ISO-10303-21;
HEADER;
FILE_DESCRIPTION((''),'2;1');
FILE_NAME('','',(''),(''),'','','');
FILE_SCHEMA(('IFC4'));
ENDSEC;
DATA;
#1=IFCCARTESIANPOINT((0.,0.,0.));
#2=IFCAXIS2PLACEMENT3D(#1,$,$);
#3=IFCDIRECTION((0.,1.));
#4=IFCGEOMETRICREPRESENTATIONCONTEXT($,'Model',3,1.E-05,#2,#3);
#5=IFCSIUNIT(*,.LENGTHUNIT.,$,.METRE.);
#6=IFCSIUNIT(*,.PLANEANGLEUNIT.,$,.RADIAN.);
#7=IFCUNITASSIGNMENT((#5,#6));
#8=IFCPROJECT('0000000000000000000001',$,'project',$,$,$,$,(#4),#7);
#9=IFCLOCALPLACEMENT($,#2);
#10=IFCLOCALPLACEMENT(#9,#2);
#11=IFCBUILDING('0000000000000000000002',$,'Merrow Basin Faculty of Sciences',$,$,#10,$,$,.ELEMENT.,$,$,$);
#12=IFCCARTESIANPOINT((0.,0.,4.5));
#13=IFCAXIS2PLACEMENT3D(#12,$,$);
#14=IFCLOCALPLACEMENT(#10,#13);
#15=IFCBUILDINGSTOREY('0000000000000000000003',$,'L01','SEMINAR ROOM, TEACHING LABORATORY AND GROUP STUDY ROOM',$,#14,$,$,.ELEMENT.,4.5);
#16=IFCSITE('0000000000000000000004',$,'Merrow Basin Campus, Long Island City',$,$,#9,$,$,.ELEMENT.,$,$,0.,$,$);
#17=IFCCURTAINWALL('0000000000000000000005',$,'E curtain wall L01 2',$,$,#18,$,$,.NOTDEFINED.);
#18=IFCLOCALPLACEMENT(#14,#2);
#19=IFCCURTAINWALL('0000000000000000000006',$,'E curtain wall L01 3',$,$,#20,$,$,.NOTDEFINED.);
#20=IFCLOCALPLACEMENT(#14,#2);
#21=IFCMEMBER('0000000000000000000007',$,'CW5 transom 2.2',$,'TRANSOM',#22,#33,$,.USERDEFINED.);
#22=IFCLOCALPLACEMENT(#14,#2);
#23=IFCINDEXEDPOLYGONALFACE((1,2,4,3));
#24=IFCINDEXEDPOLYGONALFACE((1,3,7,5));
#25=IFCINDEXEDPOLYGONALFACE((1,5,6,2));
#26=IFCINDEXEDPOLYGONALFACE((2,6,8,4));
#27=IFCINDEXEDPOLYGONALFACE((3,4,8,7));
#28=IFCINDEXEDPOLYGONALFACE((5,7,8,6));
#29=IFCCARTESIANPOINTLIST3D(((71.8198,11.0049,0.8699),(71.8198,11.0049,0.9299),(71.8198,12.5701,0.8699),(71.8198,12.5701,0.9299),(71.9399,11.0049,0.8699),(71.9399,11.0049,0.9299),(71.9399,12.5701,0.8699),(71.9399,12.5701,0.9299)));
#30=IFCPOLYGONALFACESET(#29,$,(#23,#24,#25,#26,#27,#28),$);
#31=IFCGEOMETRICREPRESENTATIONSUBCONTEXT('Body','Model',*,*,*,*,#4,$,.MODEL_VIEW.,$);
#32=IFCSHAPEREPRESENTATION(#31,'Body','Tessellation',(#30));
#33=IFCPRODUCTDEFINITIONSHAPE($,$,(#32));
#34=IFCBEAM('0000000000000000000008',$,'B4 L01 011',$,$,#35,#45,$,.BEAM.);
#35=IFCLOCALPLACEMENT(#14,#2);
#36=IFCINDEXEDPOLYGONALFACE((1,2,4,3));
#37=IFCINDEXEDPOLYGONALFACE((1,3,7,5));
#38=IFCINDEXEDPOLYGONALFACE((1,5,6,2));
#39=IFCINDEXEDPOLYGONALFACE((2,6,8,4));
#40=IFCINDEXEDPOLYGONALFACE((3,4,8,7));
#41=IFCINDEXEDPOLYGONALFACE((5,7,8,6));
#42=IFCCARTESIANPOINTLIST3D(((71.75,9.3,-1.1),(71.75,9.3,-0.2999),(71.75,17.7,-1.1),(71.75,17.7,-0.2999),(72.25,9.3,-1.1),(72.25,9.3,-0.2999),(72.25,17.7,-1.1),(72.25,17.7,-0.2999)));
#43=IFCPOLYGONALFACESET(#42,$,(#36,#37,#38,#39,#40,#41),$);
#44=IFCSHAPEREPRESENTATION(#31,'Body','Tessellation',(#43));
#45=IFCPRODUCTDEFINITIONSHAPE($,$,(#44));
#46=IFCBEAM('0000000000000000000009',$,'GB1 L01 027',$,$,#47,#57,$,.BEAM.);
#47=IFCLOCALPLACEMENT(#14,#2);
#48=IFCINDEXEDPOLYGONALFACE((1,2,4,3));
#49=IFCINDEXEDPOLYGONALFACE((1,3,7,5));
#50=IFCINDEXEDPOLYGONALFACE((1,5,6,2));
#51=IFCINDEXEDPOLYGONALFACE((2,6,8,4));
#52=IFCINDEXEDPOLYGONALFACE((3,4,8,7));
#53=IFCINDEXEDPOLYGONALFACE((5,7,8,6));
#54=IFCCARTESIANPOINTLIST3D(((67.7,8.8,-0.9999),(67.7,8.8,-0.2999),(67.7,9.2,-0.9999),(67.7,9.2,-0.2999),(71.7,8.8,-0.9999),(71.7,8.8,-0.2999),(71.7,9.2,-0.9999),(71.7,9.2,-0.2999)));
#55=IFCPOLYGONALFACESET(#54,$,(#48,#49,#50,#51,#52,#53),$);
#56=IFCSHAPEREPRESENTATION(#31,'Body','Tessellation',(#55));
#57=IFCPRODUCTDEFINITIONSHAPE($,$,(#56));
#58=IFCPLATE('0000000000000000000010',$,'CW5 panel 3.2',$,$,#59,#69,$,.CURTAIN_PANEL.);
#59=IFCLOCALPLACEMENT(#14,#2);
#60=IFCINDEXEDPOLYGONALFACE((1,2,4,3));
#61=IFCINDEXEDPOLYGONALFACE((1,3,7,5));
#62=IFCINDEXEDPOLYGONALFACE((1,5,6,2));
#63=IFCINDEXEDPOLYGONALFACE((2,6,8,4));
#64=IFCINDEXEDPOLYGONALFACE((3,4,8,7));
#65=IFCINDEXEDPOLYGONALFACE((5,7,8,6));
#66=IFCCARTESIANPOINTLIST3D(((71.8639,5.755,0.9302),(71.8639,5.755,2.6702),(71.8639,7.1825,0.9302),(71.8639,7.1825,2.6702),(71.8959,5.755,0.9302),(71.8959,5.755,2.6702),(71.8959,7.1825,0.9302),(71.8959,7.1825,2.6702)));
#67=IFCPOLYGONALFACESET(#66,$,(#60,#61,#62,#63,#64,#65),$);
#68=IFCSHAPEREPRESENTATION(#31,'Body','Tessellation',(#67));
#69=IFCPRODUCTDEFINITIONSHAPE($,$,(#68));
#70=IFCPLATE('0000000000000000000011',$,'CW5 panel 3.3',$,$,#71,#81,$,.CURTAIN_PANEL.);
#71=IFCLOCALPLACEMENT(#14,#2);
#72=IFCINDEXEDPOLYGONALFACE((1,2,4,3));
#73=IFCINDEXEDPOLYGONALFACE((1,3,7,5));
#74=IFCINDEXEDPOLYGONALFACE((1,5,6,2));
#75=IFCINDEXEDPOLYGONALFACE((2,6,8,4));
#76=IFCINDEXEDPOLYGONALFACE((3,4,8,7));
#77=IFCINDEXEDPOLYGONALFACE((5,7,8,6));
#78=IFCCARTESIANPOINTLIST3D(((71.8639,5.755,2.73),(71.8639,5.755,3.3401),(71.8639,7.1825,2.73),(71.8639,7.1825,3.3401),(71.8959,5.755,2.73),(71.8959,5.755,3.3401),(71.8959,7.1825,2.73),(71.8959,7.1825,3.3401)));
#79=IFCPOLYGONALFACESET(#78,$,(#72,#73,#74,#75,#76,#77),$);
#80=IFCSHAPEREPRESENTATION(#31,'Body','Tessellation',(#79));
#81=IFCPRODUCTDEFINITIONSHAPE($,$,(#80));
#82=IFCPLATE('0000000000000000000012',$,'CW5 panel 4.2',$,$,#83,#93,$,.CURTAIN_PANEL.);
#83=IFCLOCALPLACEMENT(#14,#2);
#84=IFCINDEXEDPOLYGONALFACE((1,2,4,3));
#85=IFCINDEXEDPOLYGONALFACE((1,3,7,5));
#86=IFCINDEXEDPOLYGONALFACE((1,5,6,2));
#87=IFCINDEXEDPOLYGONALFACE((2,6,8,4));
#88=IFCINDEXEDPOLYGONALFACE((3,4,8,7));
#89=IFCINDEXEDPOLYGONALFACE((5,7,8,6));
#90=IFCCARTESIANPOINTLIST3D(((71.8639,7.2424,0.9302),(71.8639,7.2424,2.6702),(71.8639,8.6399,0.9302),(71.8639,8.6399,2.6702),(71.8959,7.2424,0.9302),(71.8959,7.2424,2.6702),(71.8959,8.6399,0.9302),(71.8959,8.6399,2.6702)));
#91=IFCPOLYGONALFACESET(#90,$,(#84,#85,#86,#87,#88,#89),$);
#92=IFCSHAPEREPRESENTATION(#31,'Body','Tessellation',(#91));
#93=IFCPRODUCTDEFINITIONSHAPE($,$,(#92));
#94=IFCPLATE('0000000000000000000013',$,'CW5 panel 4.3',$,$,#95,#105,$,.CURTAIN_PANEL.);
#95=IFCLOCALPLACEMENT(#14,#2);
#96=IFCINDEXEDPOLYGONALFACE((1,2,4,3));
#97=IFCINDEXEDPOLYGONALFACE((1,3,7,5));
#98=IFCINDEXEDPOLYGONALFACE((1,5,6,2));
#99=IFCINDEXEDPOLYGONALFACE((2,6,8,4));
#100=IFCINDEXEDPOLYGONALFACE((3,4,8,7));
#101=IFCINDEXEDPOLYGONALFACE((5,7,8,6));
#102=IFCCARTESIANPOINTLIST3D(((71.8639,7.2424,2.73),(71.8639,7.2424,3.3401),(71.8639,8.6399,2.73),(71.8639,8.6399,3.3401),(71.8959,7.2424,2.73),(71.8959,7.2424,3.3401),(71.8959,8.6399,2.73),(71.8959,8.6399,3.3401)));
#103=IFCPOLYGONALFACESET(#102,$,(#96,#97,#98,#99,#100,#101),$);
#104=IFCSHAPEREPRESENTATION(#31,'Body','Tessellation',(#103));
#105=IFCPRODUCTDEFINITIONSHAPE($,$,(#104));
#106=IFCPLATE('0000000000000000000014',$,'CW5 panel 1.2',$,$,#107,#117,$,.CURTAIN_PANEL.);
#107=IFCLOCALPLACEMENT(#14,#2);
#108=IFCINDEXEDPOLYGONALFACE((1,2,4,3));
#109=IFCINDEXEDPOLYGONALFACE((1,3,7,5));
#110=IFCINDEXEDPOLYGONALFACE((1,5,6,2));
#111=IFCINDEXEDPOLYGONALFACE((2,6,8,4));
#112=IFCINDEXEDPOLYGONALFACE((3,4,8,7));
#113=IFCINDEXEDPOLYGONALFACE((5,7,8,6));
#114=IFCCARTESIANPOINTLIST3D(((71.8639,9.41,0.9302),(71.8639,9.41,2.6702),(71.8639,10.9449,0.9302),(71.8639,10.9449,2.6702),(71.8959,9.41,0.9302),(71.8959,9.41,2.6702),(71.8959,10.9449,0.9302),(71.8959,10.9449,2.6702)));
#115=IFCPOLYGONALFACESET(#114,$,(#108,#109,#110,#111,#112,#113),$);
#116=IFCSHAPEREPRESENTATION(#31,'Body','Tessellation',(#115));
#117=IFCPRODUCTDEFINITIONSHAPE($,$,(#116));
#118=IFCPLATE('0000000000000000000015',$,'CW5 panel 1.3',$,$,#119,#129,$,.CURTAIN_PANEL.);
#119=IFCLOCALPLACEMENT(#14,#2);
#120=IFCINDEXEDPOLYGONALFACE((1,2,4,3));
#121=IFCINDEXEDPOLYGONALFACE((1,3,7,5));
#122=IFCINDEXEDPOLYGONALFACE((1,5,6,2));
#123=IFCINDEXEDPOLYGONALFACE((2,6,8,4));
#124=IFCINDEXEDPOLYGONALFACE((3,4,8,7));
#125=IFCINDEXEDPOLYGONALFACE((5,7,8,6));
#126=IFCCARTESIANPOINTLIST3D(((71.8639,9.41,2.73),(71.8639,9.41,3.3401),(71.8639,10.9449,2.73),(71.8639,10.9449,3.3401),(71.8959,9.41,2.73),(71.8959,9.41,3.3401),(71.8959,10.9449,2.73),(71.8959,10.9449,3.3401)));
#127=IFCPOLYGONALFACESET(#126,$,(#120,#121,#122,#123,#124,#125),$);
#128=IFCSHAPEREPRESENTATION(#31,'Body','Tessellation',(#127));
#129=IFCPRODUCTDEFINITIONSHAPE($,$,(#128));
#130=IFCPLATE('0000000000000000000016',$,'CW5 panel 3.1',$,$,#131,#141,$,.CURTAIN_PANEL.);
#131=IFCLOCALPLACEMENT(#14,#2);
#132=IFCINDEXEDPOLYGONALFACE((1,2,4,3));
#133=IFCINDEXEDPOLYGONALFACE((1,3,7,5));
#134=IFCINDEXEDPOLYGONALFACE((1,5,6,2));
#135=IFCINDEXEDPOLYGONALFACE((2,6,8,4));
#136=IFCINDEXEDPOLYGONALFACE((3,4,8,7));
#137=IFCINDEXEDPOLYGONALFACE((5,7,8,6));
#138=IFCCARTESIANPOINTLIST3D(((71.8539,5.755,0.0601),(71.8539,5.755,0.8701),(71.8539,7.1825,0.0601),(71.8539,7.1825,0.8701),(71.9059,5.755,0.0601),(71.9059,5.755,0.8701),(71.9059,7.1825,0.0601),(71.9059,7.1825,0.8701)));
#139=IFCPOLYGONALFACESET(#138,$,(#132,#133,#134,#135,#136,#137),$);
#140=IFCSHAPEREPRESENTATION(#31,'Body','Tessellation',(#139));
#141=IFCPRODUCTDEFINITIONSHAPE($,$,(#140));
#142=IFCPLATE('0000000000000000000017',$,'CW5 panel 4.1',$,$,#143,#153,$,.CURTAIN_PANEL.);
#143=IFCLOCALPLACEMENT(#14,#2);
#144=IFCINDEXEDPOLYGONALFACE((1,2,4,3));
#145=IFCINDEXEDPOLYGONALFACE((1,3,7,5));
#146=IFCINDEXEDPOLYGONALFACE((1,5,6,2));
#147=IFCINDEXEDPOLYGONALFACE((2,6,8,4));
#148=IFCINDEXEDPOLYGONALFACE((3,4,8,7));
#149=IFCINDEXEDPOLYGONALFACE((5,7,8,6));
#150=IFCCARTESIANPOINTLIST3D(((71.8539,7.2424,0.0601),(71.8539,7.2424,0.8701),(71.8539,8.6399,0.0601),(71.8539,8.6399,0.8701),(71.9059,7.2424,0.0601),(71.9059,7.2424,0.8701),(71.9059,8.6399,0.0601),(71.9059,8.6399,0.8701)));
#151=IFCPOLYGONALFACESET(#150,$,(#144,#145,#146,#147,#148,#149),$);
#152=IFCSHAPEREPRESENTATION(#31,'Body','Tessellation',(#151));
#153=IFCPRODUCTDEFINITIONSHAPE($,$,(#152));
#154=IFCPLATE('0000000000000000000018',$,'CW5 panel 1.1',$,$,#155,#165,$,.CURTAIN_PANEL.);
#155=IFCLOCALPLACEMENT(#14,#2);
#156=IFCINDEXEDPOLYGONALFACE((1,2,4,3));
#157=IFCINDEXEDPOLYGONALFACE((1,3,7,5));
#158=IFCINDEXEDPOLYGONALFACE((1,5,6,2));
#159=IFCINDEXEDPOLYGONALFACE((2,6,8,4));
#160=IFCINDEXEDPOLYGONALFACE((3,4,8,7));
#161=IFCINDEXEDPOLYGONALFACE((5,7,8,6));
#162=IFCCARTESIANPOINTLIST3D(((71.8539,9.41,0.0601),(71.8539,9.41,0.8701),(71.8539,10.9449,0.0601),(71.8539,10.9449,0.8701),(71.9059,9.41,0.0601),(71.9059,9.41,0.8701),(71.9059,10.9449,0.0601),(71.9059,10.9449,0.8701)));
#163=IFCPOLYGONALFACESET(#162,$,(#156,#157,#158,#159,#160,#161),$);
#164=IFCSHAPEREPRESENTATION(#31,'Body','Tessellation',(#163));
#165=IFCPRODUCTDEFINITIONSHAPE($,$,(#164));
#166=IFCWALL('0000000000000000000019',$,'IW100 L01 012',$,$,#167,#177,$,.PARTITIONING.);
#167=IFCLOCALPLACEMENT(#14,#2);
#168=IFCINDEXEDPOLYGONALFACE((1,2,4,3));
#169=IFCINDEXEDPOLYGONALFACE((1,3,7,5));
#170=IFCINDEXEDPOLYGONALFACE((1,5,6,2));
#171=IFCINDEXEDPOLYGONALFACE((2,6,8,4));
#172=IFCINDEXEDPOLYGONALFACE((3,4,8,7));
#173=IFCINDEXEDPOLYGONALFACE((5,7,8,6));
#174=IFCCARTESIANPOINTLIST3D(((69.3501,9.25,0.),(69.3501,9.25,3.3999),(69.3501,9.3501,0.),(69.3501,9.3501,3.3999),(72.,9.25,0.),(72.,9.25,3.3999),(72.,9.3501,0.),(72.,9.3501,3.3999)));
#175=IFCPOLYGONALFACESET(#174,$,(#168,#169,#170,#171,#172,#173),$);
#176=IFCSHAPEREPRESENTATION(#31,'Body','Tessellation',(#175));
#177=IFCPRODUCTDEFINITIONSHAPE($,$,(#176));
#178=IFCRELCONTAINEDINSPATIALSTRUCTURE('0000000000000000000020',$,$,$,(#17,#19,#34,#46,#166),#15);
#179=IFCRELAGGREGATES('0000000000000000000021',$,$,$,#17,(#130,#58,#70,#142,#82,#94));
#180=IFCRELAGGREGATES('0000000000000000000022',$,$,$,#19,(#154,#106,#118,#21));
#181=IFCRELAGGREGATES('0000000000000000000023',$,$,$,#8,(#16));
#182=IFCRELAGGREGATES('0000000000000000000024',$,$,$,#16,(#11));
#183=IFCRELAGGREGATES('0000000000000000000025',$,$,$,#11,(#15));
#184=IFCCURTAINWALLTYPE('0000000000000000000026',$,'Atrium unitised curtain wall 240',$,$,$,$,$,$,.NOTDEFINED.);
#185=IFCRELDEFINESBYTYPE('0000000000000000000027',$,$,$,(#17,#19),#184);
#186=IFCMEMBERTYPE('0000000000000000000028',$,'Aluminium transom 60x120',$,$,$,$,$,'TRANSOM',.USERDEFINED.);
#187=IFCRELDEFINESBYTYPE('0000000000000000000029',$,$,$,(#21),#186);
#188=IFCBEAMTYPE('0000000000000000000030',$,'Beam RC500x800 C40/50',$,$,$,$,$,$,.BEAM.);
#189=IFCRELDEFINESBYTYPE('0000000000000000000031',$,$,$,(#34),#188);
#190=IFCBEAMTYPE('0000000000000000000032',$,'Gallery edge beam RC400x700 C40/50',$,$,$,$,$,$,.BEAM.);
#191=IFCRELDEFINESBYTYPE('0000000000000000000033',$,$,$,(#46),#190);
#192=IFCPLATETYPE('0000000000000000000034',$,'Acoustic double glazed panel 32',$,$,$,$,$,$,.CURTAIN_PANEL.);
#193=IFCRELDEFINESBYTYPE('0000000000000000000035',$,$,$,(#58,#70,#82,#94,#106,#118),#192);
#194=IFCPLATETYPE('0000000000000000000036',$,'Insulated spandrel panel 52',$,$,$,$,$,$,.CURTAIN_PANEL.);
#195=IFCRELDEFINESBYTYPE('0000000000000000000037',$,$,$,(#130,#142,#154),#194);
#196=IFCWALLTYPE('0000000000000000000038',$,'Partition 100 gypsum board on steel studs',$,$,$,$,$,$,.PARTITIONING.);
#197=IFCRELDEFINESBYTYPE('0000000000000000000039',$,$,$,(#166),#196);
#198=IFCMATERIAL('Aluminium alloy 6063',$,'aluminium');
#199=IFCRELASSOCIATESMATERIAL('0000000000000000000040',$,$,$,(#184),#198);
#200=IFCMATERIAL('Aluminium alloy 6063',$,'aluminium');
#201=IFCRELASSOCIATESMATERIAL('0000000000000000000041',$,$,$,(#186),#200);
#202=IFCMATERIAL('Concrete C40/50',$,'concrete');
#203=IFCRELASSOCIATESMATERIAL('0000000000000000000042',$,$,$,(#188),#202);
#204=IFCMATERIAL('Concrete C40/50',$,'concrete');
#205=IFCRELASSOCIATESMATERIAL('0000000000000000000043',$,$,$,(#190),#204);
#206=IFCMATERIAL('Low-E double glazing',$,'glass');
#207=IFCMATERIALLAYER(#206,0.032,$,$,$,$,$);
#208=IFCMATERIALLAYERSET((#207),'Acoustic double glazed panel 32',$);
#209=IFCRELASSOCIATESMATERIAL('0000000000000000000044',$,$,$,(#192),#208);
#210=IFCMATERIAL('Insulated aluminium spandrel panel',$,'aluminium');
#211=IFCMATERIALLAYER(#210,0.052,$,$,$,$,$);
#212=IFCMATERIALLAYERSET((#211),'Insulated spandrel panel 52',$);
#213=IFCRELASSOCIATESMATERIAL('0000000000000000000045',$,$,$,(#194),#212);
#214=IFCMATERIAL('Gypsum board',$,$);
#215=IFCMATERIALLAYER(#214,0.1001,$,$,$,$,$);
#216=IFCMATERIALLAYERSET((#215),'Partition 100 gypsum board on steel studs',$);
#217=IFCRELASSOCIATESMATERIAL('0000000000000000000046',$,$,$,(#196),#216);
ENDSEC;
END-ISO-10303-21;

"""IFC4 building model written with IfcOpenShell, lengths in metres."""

from ifc_helpers import new_model, si_unit, direction, frame, frame_2d, origin, origin_2d, place, context, subcontext, project, spatial, rectangle, extrude, material, layer, layer_set, material_profile, profile_set, type_object, element, aggregate, save


model = new_model("IFC4")

# Units and contexts
model_context = context("Model", 3, precision=1e-05, world=origin(), true_north=direction((0.0, 1.0)))
body_context = subcontext(model_context, "Body", "Model", "MODEL_VIEW")
ifc_project = project(units=[si_unit("LENGTHUNIT", "METRE"), si_unit("PLANEANGLEUNIT", "RADIAN")], contexts=[model_context])

# Site, building, storey
site_placement = place(None, origin())
site = spatial("IfcSite", under=ifc_project, at=site_placement, Name="Merrow Basin Campus, Long Island City", CompositionType="ELEMENT", RefElevation=0.0)
building_placement = place(site_placement, origin())
building = spatial("IfcBuilding", under=site, at=building_placement, Name="Merrow Basin Faculty of Sciences", CompositionType="ELEMENT")
storey_placement = place(building_placement, frame((0.0, 0.0, 4.5)))
storey = spatial("IfcBuildingStorey", under=building, at=storey_placement, Name="L01", Description="SEMINAR ROOM, TEACHING LABORATORY AND GROUP STUDY ROOM", CompositionType="ELEMENT", Elevation=4.5)

# Curtain walls
ifc_material_1 = material(Name="Aluminium alloy 6063", Category="aluminium")
curtain_wall_type = type_object("IfcCurtainWallType", Name="Atrium unitised curtain wall 240", PredefinedType="NOTDEFINED", material=ifc_material_1)
curtain_wall_1_placement = place(storey_placement, origin())
curtain_wall_1 = element("IfcCurtainWall", 1, at=curtain_wall_1_placement, inside=storey, type_object=curtain_wall_type, Name="E curtain wall L01 2", PredefinedType="NOTDEFINED")
curtain_wall_2_placement = place(storey_placement, origin())
curtain_wall_2 = element("IfcCurtainWall", 2, at=curtain_wall_2_placement, inside=storey, type_object=curtain_wall_type, Name="E curtain wall L01 3", PredefinedType="NOTDEFINED")

# Member
ifc_material_2 = material(Name="Aluminium alloy 6063", Category="aluminium")
ifc_material_profile_1 = material_profile(ifc_material_2, rectangle(XDim=0.1201, YDim=0.0601, at=origin_2d()))
ifc_profile_set_1 = profile_set([ifc_material_profile_1], Name="Aluminium alloy 6063")
member_type_1 = type_object("IfcMemberType", Name="Aluminium transom 60x120", ElementType="TRANSOM", PredefinedType="USERDEFINED", material=ifc_profile_set_1)
member_1_placement = place(storey_placement, frame((71.8799, 11.0049, 0.8999), z_axis=(0.0, 1.0, 0.0), x_axis=(-1.0, 0.0, 0.0)))
member_1 = element("IfcMember", 3, at=member_1_placement, type_object=member_type_1, Name="CW5 transom 2.2", ObjectType="TRANSOM", PredefinedType="USERDEFINED", context=body_context, shape_type="SweptSolid", body=[
    extrude(rectangle(XDim=0.1201, YDim=0.0601, at=origin_2d()), origin(), (0.0, 0.0, 1.0), 1.5652),
])

# Beams
ifc_material_3 = material(Name="Concrete C40/50", Category="concrete")
ifc_material_profile_2 = material_profile(ifc_material_3, rectangle(XDim=0.5, YDim=0.8, at=origin_2d()))
ifc_profile_set_2 = profile_set([ifc_material_profile_2], Name="Concrete C40/50")
beam_type_1 = type_object("IfcBeamType", Name="Beam RC500x800 C40/50", PredefinedType="BEAM", material=ifc_profile_set_2)
beam_1_placement = place(storey_placement, frame((72.0, 9.3, -0.7), z_axis=(0.0, 1.0, 0.0), x_axis=(-1.0, 0.0, 0.0)))
element("IfcBeam", 4, at=beam_1_placement, inside=storey, type_object=beam_type_1, Name="B4 L01 011", PredefinedType="BEAM", context=body_context, shape_type="SweptSolid", body=[
    extrude(rectangle(XDim=0.5, YDim=0.8, at=origin_2d()), origin(), (0.0, 0.0, 1.0), 8.3999),
])
ifc_material_4 = material(Name="Concrete C40/50", Category="concrete")
ifc_material_profile_3 = material_profile(ifc_material_4, rectangle(XDim=0.3999, YDim=0.7, at=origin_2d()))
ifc_profile_set_3 = profile_set([ifc_material_profile_3], Name="Concrete C40/50")
beam_type_2 = type_object("IfcBeamType", Name="Gallery edge beam RC400x700 C40/50", PredefinedType="BEAM", material=ifc_profile_set_3)
beam_2_placement = place(storey_placement, frame((67.7, 9.0, -0.6499), z_axis=(1.0, 0.0, 0.0), x_axis=(0.0, 1.0, 0.0)))
element("IfcBeam", 5, at=beam_2_placement, inside=storey, type_object=beam_type_2, Name="GB1 L01 027", PredefinedType="BEAM", context=body_context, shape_type="SweptSolid", body=[
    extrude(rectangle(XDim=0.3999, YDim=0.7, at=origin_2d()), origin(), (0.0, 0.0, 1.0), 4.0),
])

# Plates
ifc_material_5 = material(Name="Low-E double glazing", Category="glass")
ifc_layer_1 = layer(ifc_material_5, 0.032)
ifc_layer_set_1 = layer_set([ifc_layer_1], Name="Acoustic double glazed panel 32")
plate_type_1 = type_object("IfcPlateType", Name="Acoustic double glazed panel 32", PredefinedType="CURTAIN_PANEL", material=ifc_layer_set_1)
plate_1_placement = place(storey_placement, frame((71.8799, 6.4688, 0.9302), z_axis=(0.0, 0.0, 1.0), x_axis=(0.0, 1.0, 0.0)))
plate_1 = element("IfcPlate", 6, at=plate_1_placement, type_object=plate_type_1, Name="CW5 panel 3.2", PredefinedType="CURTAIN_PANEL", context=body_context, shape_type="SweptSolid", body=[
    extrude(rectangle(XDim=1.4275, YDim=0.032, at=origin_2d()), origin(), (0.0, 0.0, 1.0), 1.74),
])
plate_2_placement = place(storey_placement, frame((71.8799, 6.4688, 2.73), z_axis=(0.0, 0.0, 1.0), x_axis=(0.0, 1.0, 0.0)))
plate_2 = element("IfcPlate", 7, at=plate_2_placement, type_object=plate_type_1, Name="CW5 panel 3.3", PredefinedType="CURTAIN_PANEL", context=body_context, shape_type="SweptSolid", body=[
    extrude(rectangle(XDim=1.4275, YDim=0.032, at=origin_2d()), origin(), (0.0, 0.0, 1.0), 0.6101),
])
plate_3_placement = place(storey_placement, frame((71.8799, 7.9412, 0.9302), z_axis=(0.0, 0.0, 1.0), x_axis=(0.0, 1.0, 0.0)))
plate_3 = element("IfcPlate", 8, at=plate_3_placement, type_object=plate_type_1, Name="CW5 panel 4.2", PredefinedType="CURTAIN_PANEL", context=body_context, shape_type="SweptSolid", body=[
    extrude(rectangle(XDim=1.3975, YDim=0.032, at=origin_2d()), origin(), (0.0, 0.0, 1.0), 1.74),
])
plate_4_placement = place(storey_placement, frame((71.8799, 7.9412, 2.73), z_axis=(0.0, 0.0, 1.0), x_axis=(0.0, 1.0, 0.0)))
plate_4 = element("IfcPlate", 9, at=plate_4_placement, type_object=plate_type_1, Name="CW5 panel 4.3", PredefinedType="CURTAIN_PANEL", context=body_context, shape_type="SweptSolid", body=[
    extrude(rectangle(XDim=1.3975, YDim=0.032, at=origin_2d()), origin(), (0.0, 0.0, 1.0), 0.6101),
])
plate_5_placement = place(storey_placement, frame((71.8799, 10.1775, 0.9302), z_axis=(0.0, 0.0, 1.0), x_axis=(0.0, 1.0, 0.0)))
plate_5 = element("IfcPlate", 10, at=plate_5_placement, type_object=plate_type_1, Name="CW5 panel 1.2", PredefinedType="CURTAIN_PANEL", context=body_context, shape_type="SweptSolid", body=[
    extrude(rectangle(XDim=1.5349, YDim=0.032, at=origin_2d()), origin(), (0.0, 0.0, 1.0), 1.74),
])
plate_6_placement = place(storey_placement, frame((71.8799, 10.1775, 2.73), z_axis=(0.0, 0.0, 1.0), x_axis=(0.0, 1.0, 0.0)))
plate_6 = element("IfcPlate", 11, at=plate_6_placement, type_object=plate_type_1, Name="CW5 panel 1.3", PredefinedType="CURTAIN_PANEL", context=body_context, shape_type="SweptSolid", body=[
    extrude(rectangle(XDim=1.5349, YDim=0.032, at=origin_2d()), origin(), (0.0, 0.0, 1.0), 0.6101),
])
ifc_material_6 = material(Name="Insulated aluminium spandrel panel", Category="aluminium")
ifc_layer_2 = layer(ifc_material_6, 0.052)
ifc_layer_set_2 = layer_set([ifc_layer_2], Name="Insulated spandrel panel 52")
plate_type_2 = type_object("IfcPlateType", Name="Insulated spandrel panel 52", PredefinedType="CURTAIN_PANEL", material=ifc_layer_set_2)
plate_7_placement = place(storey_placement, frame((71.8799, 6.4688, 0.0601), z_axis=(0.0, 0.0, 1.0), x_axis=(0.0, 1.0, 0.0)))
plate_7 = element("IfcPlate", 12, at=plate_7_placement, type_object=plate_type_2, Name="CW5 panel 3.1", PredefinedType="CURTAIN_PANEL", context=body_context, shape_type="SweptSolid", body=[
    extrude(rectangle(XDim=1.4275, YDim=0.052, at=origin_2d()), origin(), (0.0, 0.0, 1.0), 0.8101),
])
plate_8_placement = place(storey_placement, frame((71.8799, 7.9412, 0.0601), z_axis=(0.0, 0.0, 1.0), x_axis=(0.0, 1.0, 0.0)))
plate_8 = element("IfcPlate", 13, at=plate_8_placement, type_object=plate_type_2, Name="CW5 panel 4.1", PredefinedType="CURTAIN_PANEL", context=body_context, shape_type="SweptSolid", body=[
    extrude(rectangle(XDim=1.3975, YDim=0.052, at=origin_2d()), origin(), (0.0, 0.0, 1.0), 0.8101),
])
aggregate(curtain_wall_1, [plate_7, plate_1, plate_2, plate_8, plate_3, plate_4])
plate_9_placement = place(storey_placement, frame((71.8799, 10.1775, 0.0601), z_axis=(0.0, 0.0, 1.0), x_axis=(0.0, 1.0, 0.0)))
plate_9 = element("IfcPlate", 14, at=plate_9_placement, type_object=plate_type_2, Name="CW5 panel 1.1", PredefinedType="CURTAIN_PANEL", context=body_context, shape_type="SweptSolid", body=[
    extrude(rectangle(XDim=1.5349, YDim=0.052, at=origin_2d()), origin(), (0.0, 0.0, 1.0), 0.8101),
])
aggregate(curtain_wall_2, [plate_9, plate_5, plate_6, member_1])

# Wall
ifc_material_7 = material(Name="Gypsum board")
ifc_layer_3 = layer(ifc_material_7, 0.1001)
ifc_layer_set_3 = layer_set([ifc_layer_3], Name="Partition 100 gypsum board on steel studs")
wall_type = type_object("IfcWallType", Name="Partition 100 gypsum board on steel studs", PredefinedType="PARTITIONING", material=ifc_layer_set_3)
wall_placement = place(storey_placement, frame((69.3501, 9.3, 0.0), z_axis=(0.0, 0.0, 1.0), x_axis=(1.0, 0.0, 0.0)))
element("IfcWall", 15, at=wall_placement, inside=storey, type_object=wall_type, Name="IW100 L01 012", PredefinedType="PARTITIONING", context=body_context, shape_type="SweptSolid", body=[
    extrude(rectangle(XDim=2.6499, YDim=0.1001, at=frame_2d((1.325, 0.0))), origin(), (0.0, 0.0, 1.0), 3.3999),
])

save(model, "model.ifc")
